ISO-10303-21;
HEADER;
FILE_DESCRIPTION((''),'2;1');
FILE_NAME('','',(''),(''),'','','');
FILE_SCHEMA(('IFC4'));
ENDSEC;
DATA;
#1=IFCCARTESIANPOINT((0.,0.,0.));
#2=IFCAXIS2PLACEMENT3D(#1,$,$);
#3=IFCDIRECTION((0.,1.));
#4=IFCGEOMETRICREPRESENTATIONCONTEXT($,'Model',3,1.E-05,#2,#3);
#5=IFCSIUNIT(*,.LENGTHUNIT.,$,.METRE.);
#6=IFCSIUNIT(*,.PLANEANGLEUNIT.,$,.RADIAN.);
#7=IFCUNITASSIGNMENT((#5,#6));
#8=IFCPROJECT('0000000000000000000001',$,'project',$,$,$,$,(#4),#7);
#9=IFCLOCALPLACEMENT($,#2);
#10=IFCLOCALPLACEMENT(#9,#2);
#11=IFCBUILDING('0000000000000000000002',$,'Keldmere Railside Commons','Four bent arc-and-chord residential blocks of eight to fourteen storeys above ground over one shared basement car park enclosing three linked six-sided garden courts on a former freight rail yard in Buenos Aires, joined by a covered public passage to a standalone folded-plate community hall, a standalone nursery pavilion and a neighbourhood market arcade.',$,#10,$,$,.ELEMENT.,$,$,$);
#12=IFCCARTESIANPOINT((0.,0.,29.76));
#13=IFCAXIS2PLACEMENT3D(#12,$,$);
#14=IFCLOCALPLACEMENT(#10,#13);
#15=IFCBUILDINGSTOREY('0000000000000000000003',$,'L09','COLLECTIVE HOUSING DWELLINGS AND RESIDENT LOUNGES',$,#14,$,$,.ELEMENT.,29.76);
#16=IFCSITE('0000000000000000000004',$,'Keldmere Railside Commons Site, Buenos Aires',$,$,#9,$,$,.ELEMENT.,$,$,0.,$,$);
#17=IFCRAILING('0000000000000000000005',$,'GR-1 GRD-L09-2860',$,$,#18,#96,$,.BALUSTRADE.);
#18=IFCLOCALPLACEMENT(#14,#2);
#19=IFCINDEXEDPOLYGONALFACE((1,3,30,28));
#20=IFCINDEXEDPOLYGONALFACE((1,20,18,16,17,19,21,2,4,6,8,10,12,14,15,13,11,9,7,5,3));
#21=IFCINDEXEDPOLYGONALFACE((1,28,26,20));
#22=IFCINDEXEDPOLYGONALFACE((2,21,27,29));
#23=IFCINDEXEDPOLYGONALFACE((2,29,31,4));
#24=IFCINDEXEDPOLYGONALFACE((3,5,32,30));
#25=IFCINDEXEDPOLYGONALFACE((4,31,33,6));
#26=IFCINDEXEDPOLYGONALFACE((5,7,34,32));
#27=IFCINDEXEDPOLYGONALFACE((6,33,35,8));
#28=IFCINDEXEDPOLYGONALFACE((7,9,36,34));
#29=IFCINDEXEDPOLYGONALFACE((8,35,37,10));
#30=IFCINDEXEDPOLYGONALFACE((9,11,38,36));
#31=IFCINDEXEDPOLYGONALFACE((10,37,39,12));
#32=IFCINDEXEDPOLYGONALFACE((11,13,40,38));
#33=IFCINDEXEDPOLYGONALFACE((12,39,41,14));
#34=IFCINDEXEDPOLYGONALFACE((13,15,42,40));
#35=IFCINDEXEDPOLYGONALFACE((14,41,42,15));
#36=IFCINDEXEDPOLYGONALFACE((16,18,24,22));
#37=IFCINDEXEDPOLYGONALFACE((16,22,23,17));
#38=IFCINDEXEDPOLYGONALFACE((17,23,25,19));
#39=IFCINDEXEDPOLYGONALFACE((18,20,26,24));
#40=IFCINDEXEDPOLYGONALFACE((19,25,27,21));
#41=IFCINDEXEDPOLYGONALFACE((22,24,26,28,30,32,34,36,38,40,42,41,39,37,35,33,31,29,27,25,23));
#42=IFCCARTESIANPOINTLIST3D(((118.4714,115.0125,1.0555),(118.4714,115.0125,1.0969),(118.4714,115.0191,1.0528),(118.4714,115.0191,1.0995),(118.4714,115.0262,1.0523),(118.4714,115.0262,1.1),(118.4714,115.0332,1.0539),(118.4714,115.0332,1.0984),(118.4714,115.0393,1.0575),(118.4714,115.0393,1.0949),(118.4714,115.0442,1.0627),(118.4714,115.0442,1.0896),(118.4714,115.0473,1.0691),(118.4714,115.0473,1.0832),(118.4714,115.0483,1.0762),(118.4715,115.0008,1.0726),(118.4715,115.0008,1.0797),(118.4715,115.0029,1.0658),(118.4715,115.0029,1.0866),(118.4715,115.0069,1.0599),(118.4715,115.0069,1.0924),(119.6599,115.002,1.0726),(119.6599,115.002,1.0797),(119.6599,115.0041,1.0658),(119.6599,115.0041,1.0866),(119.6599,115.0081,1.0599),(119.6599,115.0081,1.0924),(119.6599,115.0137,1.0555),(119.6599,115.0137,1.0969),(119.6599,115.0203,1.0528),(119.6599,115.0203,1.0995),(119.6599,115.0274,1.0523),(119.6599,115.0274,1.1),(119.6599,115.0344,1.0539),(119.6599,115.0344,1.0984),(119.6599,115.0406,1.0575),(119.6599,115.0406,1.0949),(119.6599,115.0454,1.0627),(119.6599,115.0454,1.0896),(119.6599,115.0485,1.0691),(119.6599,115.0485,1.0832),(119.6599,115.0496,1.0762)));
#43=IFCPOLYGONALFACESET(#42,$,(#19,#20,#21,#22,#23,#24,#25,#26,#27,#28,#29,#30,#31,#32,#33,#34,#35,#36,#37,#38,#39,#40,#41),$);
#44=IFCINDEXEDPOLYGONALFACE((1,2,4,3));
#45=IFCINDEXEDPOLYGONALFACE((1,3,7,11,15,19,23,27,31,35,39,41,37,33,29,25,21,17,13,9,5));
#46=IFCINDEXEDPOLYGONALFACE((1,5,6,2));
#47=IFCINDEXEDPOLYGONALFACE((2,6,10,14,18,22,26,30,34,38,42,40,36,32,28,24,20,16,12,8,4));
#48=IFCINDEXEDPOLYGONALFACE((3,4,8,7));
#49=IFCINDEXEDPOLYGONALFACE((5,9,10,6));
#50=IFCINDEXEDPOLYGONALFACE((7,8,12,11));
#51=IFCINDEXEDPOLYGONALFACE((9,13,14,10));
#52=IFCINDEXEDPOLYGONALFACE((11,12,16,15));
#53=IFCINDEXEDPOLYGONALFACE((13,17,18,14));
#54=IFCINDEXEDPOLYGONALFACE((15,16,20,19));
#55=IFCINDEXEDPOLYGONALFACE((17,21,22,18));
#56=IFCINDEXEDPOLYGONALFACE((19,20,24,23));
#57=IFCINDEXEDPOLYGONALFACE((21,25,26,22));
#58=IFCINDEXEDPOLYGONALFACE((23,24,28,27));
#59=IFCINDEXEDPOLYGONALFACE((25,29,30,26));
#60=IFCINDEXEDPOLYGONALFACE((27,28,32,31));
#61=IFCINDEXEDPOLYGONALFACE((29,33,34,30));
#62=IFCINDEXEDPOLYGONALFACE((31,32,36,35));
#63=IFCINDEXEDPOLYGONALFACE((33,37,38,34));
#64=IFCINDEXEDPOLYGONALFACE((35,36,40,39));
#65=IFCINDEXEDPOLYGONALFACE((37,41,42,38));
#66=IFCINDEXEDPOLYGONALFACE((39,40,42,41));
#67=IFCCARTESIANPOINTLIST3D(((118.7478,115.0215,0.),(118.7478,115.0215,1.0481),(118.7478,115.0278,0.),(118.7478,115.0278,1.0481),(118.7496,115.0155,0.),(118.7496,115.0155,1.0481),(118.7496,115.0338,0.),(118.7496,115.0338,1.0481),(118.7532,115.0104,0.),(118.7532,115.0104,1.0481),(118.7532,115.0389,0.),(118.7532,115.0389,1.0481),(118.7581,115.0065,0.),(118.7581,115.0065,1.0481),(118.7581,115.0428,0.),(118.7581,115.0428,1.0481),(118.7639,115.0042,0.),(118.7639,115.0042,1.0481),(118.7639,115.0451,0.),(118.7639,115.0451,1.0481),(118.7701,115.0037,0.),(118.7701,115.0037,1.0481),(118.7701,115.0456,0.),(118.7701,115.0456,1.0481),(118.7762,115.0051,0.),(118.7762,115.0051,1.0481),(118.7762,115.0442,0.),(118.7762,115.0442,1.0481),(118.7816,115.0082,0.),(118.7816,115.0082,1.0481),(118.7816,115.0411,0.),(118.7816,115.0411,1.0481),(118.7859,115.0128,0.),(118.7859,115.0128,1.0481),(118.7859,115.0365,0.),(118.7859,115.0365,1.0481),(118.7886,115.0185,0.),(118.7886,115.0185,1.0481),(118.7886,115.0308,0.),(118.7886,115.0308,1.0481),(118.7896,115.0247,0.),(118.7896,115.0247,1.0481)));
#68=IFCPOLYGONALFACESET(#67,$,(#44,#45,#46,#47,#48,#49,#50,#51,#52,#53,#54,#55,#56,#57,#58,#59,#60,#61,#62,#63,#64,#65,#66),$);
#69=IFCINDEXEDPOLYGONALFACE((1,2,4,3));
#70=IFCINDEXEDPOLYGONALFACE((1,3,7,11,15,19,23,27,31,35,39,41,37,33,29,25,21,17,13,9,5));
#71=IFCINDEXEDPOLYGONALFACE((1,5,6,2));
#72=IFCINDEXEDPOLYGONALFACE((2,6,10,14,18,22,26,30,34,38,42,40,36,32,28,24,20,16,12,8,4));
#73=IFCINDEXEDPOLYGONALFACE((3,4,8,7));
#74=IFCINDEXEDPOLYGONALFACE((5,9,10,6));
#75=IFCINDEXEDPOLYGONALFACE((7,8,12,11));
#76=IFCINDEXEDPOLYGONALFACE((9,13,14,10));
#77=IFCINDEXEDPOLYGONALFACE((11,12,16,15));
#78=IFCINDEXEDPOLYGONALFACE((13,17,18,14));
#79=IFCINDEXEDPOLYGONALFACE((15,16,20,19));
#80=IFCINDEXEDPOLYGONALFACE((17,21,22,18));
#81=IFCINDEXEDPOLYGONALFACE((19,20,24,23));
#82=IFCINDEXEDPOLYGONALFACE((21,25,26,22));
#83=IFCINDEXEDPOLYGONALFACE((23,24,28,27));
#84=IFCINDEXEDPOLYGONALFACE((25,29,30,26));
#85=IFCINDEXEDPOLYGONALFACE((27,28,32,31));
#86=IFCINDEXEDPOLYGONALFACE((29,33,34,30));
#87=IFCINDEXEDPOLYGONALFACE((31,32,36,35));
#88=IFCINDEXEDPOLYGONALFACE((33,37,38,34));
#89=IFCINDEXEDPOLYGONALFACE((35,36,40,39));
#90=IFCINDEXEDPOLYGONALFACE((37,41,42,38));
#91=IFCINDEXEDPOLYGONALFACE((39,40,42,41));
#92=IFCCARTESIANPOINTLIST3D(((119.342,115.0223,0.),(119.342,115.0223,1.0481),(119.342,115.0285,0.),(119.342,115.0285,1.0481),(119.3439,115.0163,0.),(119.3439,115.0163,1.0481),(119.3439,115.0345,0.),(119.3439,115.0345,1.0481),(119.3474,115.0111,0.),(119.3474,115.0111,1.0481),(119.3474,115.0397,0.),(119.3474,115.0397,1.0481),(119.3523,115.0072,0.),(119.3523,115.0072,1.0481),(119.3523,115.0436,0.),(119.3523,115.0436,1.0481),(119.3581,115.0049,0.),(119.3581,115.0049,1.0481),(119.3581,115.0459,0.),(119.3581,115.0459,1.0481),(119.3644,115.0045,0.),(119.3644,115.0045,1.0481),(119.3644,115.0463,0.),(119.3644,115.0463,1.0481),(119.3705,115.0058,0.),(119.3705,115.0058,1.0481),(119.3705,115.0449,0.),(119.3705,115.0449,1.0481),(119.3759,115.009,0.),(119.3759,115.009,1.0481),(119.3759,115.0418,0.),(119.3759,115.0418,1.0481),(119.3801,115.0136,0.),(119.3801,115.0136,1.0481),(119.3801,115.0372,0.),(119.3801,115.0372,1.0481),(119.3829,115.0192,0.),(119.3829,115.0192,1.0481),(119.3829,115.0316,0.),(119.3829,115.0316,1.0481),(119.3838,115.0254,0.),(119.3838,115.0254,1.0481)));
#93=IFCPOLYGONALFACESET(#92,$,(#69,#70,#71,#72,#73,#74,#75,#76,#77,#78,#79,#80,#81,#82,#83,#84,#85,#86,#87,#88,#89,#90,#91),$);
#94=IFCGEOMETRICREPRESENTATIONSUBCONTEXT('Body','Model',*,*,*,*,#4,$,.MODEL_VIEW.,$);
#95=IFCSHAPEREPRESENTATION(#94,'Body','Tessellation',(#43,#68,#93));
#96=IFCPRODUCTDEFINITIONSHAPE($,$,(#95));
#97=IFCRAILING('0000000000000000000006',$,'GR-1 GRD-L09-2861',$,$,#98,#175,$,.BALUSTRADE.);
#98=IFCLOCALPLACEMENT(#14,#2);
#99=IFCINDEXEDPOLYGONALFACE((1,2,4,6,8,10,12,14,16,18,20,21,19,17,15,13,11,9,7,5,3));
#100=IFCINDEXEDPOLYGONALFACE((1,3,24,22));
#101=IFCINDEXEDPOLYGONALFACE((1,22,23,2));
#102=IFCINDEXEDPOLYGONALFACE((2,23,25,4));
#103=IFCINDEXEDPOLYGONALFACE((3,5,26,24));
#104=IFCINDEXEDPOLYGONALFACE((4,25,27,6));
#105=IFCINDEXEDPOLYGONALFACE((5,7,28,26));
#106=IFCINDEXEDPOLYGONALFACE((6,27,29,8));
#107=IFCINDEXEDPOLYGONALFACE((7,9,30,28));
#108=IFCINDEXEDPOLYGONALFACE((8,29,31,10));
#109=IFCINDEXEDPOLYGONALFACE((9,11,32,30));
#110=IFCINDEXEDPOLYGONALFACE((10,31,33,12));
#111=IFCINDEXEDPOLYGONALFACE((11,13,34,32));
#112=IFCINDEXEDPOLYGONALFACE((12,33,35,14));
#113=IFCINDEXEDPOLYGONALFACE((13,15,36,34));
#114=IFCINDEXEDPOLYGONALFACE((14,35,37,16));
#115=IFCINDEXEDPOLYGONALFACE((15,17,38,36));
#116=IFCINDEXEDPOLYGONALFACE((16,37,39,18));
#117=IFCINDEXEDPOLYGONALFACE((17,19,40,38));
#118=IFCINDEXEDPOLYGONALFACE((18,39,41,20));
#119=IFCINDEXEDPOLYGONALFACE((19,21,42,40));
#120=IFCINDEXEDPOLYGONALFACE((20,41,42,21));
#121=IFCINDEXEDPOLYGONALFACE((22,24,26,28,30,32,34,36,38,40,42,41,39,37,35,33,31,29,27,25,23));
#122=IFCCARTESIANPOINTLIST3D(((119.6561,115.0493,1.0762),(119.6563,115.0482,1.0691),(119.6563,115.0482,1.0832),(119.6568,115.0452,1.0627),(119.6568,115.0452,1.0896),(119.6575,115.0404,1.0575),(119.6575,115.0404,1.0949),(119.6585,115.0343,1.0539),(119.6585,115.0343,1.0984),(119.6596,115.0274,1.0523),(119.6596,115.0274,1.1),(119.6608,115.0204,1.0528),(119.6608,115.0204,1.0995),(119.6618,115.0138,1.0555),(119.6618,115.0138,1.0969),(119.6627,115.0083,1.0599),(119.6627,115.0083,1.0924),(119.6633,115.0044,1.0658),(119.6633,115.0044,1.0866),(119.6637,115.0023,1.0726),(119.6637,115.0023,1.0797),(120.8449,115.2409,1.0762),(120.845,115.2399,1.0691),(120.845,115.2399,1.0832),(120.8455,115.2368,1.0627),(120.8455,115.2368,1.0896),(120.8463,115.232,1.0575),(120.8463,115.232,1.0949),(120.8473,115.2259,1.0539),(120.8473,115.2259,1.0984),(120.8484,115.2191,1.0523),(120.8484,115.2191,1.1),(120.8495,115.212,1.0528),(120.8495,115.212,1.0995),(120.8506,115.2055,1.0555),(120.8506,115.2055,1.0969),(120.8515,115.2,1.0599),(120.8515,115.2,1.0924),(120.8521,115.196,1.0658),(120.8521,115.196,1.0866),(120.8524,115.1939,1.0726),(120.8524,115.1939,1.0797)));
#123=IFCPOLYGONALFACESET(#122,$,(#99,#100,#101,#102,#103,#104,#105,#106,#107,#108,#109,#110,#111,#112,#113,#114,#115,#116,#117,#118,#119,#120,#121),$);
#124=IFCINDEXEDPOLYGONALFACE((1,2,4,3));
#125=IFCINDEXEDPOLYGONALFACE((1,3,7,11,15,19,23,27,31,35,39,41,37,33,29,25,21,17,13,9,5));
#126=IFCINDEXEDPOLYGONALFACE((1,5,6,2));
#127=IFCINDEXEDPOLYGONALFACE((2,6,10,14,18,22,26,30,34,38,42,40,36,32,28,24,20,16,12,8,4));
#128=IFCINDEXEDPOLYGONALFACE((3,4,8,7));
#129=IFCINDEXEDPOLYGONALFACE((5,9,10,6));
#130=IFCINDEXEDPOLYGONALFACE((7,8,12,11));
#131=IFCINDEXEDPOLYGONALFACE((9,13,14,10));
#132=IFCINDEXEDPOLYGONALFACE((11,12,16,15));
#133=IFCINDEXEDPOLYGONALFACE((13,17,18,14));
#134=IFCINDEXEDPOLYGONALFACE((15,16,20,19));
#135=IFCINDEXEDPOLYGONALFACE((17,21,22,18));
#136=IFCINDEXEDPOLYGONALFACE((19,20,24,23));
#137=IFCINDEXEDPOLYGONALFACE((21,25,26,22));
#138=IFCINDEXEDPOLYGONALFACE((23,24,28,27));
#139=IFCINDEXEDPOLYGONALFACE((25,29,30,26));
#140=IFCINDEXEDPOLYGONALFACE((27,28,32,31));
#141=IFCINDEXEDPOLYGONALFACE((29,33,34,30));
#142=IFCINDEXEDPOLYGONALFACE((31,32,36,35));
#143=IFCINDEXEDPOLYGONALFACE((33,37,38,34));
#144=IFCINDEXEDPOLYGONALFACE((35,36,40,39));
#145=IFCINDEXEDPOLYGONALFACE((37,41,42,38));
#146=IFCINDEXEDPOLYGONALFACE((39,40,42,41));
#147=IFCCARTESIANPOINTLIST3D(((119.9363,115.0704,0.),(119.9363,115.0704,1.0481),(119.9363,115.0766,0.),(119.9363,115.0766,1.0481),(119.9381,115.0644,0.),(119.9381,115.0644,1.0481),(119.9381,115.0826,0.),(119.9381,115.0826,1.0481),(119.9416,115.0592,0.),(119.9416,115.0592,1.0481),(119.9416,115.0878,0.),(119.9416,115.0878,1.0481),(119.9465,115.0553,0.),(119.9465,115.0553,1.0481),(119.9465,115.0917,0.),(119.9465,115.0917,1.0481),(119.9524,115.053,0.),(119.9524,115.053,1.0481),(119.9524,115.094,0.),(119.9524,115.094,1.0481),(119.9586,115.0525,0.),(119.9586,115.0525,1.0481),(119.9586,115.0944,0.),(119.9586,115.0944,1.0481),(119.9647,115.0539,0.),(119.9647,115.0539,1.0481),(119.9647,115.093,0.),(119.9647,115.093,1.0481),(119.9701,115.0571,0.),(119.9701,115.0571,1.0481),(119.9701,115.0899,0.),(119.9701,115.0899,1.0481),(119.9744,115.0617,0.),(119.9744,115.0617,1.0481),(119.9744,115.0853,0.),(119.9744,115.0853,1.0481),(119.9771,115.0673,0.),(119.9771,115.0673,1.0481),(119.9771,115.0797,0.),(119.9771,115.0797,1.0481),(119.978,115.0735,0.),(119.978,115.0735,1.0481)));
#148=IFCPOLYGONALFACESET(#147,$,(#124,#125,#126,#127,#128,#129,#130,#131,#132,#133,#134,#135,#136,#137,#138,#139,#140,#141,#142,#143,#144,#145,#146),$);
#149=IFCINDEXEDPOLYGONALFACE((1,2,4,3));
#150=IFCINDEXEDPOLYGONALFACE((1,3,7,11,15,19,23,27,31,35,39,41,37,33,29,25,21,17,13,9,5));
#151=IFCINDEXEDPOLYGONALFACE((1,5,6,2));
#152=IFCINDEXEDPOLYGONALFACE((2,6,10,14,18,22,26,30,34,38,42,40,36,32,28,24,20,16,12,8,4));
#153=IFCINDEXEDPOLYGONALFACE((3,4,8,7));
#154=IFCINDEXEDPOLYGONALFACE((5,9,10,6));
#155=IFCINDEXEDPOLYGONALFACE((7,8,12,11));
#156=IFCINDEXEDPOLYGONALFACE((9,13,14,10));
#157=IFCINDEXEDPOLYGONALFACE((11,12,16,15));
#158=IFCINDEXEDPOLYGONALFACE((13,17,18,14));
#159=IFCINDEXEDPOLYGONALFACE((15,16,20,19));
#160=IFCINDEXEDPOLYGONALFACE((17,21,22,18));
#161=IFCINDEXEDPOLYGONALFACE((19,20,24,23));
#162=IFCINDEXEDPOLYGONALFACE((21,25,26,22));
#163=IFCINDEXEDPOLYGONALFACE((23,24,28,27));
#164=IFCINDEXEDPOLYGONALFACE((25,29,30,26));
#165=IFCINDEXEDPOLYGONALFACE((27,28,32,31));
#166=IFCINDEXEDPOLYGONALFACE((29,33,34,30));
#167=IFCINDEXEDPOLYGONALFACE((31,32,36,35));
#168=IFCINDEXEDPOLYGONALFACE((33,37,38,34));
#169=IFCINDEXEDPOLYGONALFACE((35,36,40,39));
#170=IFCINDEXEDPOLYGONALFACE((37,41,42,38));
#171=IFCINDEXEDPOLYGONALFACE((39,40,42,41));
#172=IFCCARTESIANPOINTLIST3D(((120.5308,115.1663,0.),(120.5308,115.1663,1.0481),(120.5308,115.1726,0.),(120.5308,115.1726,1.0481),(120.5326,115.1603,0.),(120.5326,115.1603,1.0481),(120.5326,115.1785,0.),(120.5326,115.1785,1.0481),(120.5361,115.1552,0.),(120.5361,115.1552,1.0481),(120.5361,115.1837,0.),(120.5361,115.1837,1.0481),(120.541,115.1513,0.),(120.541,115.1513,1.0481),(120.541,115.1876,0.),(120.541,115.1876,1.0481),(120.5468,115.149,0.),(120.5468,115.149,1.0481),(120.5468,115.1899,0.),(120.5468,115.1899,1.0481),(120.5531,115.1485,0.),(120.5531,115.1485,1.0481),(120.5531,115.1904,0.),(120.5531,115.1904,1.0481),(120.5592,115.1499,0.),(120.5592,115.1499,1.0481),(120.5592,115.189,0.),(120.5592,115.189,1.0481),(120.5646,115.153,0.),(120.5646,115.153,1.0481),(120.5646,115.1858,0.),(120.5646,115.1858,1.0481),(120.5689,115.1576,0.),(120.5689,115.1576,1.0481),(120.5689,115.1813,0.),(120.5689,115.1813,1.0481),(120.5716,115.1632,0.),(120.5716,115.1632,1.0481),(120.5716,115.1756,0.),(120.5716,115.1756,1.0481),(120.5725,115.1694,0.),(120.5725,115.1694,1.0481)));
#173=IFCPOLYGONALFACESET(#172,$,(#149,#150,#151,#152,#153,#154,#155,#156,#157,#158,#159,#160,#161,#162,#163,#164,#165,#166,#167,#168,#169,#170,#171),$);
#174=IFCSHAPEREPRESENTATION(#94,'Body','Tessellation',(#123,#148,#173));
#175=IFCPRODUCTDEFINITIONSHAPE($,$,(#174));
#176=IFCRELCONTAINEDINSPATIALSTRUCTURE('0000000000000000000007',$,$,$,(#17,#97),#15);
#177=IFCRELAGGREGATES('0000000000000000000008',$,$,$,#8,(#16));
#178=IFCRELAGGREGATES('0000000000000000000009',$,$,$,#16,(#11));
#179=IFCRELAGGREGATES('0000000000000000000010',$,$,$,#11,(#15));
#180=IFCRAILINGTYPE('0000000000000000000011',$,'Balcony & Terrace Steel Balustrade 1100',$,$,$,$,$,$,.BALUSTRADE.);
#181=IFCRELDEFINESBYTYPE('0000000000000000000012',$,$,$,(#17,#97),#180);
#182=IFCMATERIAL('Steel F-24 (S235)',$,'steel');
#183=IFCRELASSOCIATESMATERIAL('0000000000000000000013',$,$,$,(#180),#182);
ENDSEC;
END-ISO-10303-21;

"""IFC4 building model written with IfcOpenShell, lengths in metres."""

from ifc_helpers import new_model, si_unit, direction, frame, origin, origin_2d, place, context, subcontext, project, spatial, circle, extrude, material, type_object, element, save


model = new_model("IFC4")

# Units and contexts
model_context = context("Model", 3, precision=1e-05, world=origin(), true_north=direction((0.0, 1.0)))
body_context = subcontext(model_context, "Body", "Model", "MODEL_VIEW")
ifc_project = project(units=[si_unit("LENGTHUNIT", "METRE"), si_unit("PLANEANGLEUNIT", "RADIAN")], contexts=[model_context])

# Site, building, storey
site_placement = place(None, origin())
site = spatial("IfcSite", under=ifc_project, at=site_placement, Name="Keldmere Railside Commons Site, Buenos Aires", CompositionType="ELEMENT", RefElevation=0.0)
building_placement = place(site_placement, origin())
building = spatial("IfcBuilding", under=site, at=building_placement, Name="Keldmere Railside Commons", Description="Four bent arc-and-chord residential blocks of eight to fourteen storeys above ground over one shared basement car park enclosing three linked six-sided garden courts on a former freight rail yard in Buenos Aires, joined by a covered public passage to a standalone folded-plate community hall, a standalone nursery pavilion and a neighbourhood market arcade.", CompositionType="ELEMENT")
storey_placement = place(building_placement, frame((0.0, 0.0, 29.76)))
storey = spatial("IfcBuildingStorey", under=building, at=storey_placement, Name="L09", Description="COLLECTIVE HOUSING DWELLINGS AND RESIDENT LOUNGES", CompositionType="ELEMENT", Elevation=29.76)

# Railings
ifc_material_1 = material(Name="Steel F-24 (S235)", Category="steel")
railing_type = type_object("IfcRailingType", Name="Balcony & Terrace Steel Balustrade 1100", PredefinedType="BALUSTRADE", material=ifc_material_1)
railing_1_placement = place(storey_placement, frame((118.4714, 115.0244, 0.0)))
element("IfcRailing", 1, at=railing_1_placement, inside=storey, type_object=railing_type, Name="GR-1 GRD-L09-2860", PredefinedType="BALUSTRADE", context=body_context, shape_type="SweptSolid", body=[
    extrude(circle(Radius=0.0239, at=origin_2d()), frame((0.0, 0.0, 1.0762), z_axis=(0.999999, 0.001027, 0.0), x_axis=(-0.001027, 0.999999, 0.0)), (0.0, 0.0, 1.0), 1.1885),
    extrude(circle(Radius=0.021, at=origin_2d()), frame((0.2971, 0.0002, 0.0)), (0.0, 0.0, 1.0), 1.0481),
    extrude(circle(Radius=0.021, at=origin_2d()), frame((0.8914, 0.001, 0.0)), (0.0, 0.0, 1.0), 1.0481),
])
railing_2_placement = place(storey_placement, frame((119.6599, 115.0256, 0.0)))
element("IfcRailing", 2, at=railing_2_placement, inside=storey, type_object=railing_type, Name="GR-1 GRD-L09-2861", PredefinedType="BALUSTRADE", context=body_context, shape_type="SweptSolid", body=[
    extrude(circle(Radius=0.0239, at=origin_2d()), frame((0.0, 0.0, 1.0762), z_axis=(0.987251, 0.159169, 0.0), x_axis=(-0.159169, 0.987251, 0.0)), (0.0, 0.0, 1.0), 1.2041),
    extrude(circle(Radius=0.021, at=origin_2d()), frame((0.2971, 0.0479, 0.0)), (0.0, 0.0, 1.0), 1.0481),
    extrude(circle(Radius=0.021, at=origin_2d()), frame((0.8916, 0.1438, 0.0)), (0.0, 0.0, 1.0), 1.0481),
])

save(model, "model.ifc")
